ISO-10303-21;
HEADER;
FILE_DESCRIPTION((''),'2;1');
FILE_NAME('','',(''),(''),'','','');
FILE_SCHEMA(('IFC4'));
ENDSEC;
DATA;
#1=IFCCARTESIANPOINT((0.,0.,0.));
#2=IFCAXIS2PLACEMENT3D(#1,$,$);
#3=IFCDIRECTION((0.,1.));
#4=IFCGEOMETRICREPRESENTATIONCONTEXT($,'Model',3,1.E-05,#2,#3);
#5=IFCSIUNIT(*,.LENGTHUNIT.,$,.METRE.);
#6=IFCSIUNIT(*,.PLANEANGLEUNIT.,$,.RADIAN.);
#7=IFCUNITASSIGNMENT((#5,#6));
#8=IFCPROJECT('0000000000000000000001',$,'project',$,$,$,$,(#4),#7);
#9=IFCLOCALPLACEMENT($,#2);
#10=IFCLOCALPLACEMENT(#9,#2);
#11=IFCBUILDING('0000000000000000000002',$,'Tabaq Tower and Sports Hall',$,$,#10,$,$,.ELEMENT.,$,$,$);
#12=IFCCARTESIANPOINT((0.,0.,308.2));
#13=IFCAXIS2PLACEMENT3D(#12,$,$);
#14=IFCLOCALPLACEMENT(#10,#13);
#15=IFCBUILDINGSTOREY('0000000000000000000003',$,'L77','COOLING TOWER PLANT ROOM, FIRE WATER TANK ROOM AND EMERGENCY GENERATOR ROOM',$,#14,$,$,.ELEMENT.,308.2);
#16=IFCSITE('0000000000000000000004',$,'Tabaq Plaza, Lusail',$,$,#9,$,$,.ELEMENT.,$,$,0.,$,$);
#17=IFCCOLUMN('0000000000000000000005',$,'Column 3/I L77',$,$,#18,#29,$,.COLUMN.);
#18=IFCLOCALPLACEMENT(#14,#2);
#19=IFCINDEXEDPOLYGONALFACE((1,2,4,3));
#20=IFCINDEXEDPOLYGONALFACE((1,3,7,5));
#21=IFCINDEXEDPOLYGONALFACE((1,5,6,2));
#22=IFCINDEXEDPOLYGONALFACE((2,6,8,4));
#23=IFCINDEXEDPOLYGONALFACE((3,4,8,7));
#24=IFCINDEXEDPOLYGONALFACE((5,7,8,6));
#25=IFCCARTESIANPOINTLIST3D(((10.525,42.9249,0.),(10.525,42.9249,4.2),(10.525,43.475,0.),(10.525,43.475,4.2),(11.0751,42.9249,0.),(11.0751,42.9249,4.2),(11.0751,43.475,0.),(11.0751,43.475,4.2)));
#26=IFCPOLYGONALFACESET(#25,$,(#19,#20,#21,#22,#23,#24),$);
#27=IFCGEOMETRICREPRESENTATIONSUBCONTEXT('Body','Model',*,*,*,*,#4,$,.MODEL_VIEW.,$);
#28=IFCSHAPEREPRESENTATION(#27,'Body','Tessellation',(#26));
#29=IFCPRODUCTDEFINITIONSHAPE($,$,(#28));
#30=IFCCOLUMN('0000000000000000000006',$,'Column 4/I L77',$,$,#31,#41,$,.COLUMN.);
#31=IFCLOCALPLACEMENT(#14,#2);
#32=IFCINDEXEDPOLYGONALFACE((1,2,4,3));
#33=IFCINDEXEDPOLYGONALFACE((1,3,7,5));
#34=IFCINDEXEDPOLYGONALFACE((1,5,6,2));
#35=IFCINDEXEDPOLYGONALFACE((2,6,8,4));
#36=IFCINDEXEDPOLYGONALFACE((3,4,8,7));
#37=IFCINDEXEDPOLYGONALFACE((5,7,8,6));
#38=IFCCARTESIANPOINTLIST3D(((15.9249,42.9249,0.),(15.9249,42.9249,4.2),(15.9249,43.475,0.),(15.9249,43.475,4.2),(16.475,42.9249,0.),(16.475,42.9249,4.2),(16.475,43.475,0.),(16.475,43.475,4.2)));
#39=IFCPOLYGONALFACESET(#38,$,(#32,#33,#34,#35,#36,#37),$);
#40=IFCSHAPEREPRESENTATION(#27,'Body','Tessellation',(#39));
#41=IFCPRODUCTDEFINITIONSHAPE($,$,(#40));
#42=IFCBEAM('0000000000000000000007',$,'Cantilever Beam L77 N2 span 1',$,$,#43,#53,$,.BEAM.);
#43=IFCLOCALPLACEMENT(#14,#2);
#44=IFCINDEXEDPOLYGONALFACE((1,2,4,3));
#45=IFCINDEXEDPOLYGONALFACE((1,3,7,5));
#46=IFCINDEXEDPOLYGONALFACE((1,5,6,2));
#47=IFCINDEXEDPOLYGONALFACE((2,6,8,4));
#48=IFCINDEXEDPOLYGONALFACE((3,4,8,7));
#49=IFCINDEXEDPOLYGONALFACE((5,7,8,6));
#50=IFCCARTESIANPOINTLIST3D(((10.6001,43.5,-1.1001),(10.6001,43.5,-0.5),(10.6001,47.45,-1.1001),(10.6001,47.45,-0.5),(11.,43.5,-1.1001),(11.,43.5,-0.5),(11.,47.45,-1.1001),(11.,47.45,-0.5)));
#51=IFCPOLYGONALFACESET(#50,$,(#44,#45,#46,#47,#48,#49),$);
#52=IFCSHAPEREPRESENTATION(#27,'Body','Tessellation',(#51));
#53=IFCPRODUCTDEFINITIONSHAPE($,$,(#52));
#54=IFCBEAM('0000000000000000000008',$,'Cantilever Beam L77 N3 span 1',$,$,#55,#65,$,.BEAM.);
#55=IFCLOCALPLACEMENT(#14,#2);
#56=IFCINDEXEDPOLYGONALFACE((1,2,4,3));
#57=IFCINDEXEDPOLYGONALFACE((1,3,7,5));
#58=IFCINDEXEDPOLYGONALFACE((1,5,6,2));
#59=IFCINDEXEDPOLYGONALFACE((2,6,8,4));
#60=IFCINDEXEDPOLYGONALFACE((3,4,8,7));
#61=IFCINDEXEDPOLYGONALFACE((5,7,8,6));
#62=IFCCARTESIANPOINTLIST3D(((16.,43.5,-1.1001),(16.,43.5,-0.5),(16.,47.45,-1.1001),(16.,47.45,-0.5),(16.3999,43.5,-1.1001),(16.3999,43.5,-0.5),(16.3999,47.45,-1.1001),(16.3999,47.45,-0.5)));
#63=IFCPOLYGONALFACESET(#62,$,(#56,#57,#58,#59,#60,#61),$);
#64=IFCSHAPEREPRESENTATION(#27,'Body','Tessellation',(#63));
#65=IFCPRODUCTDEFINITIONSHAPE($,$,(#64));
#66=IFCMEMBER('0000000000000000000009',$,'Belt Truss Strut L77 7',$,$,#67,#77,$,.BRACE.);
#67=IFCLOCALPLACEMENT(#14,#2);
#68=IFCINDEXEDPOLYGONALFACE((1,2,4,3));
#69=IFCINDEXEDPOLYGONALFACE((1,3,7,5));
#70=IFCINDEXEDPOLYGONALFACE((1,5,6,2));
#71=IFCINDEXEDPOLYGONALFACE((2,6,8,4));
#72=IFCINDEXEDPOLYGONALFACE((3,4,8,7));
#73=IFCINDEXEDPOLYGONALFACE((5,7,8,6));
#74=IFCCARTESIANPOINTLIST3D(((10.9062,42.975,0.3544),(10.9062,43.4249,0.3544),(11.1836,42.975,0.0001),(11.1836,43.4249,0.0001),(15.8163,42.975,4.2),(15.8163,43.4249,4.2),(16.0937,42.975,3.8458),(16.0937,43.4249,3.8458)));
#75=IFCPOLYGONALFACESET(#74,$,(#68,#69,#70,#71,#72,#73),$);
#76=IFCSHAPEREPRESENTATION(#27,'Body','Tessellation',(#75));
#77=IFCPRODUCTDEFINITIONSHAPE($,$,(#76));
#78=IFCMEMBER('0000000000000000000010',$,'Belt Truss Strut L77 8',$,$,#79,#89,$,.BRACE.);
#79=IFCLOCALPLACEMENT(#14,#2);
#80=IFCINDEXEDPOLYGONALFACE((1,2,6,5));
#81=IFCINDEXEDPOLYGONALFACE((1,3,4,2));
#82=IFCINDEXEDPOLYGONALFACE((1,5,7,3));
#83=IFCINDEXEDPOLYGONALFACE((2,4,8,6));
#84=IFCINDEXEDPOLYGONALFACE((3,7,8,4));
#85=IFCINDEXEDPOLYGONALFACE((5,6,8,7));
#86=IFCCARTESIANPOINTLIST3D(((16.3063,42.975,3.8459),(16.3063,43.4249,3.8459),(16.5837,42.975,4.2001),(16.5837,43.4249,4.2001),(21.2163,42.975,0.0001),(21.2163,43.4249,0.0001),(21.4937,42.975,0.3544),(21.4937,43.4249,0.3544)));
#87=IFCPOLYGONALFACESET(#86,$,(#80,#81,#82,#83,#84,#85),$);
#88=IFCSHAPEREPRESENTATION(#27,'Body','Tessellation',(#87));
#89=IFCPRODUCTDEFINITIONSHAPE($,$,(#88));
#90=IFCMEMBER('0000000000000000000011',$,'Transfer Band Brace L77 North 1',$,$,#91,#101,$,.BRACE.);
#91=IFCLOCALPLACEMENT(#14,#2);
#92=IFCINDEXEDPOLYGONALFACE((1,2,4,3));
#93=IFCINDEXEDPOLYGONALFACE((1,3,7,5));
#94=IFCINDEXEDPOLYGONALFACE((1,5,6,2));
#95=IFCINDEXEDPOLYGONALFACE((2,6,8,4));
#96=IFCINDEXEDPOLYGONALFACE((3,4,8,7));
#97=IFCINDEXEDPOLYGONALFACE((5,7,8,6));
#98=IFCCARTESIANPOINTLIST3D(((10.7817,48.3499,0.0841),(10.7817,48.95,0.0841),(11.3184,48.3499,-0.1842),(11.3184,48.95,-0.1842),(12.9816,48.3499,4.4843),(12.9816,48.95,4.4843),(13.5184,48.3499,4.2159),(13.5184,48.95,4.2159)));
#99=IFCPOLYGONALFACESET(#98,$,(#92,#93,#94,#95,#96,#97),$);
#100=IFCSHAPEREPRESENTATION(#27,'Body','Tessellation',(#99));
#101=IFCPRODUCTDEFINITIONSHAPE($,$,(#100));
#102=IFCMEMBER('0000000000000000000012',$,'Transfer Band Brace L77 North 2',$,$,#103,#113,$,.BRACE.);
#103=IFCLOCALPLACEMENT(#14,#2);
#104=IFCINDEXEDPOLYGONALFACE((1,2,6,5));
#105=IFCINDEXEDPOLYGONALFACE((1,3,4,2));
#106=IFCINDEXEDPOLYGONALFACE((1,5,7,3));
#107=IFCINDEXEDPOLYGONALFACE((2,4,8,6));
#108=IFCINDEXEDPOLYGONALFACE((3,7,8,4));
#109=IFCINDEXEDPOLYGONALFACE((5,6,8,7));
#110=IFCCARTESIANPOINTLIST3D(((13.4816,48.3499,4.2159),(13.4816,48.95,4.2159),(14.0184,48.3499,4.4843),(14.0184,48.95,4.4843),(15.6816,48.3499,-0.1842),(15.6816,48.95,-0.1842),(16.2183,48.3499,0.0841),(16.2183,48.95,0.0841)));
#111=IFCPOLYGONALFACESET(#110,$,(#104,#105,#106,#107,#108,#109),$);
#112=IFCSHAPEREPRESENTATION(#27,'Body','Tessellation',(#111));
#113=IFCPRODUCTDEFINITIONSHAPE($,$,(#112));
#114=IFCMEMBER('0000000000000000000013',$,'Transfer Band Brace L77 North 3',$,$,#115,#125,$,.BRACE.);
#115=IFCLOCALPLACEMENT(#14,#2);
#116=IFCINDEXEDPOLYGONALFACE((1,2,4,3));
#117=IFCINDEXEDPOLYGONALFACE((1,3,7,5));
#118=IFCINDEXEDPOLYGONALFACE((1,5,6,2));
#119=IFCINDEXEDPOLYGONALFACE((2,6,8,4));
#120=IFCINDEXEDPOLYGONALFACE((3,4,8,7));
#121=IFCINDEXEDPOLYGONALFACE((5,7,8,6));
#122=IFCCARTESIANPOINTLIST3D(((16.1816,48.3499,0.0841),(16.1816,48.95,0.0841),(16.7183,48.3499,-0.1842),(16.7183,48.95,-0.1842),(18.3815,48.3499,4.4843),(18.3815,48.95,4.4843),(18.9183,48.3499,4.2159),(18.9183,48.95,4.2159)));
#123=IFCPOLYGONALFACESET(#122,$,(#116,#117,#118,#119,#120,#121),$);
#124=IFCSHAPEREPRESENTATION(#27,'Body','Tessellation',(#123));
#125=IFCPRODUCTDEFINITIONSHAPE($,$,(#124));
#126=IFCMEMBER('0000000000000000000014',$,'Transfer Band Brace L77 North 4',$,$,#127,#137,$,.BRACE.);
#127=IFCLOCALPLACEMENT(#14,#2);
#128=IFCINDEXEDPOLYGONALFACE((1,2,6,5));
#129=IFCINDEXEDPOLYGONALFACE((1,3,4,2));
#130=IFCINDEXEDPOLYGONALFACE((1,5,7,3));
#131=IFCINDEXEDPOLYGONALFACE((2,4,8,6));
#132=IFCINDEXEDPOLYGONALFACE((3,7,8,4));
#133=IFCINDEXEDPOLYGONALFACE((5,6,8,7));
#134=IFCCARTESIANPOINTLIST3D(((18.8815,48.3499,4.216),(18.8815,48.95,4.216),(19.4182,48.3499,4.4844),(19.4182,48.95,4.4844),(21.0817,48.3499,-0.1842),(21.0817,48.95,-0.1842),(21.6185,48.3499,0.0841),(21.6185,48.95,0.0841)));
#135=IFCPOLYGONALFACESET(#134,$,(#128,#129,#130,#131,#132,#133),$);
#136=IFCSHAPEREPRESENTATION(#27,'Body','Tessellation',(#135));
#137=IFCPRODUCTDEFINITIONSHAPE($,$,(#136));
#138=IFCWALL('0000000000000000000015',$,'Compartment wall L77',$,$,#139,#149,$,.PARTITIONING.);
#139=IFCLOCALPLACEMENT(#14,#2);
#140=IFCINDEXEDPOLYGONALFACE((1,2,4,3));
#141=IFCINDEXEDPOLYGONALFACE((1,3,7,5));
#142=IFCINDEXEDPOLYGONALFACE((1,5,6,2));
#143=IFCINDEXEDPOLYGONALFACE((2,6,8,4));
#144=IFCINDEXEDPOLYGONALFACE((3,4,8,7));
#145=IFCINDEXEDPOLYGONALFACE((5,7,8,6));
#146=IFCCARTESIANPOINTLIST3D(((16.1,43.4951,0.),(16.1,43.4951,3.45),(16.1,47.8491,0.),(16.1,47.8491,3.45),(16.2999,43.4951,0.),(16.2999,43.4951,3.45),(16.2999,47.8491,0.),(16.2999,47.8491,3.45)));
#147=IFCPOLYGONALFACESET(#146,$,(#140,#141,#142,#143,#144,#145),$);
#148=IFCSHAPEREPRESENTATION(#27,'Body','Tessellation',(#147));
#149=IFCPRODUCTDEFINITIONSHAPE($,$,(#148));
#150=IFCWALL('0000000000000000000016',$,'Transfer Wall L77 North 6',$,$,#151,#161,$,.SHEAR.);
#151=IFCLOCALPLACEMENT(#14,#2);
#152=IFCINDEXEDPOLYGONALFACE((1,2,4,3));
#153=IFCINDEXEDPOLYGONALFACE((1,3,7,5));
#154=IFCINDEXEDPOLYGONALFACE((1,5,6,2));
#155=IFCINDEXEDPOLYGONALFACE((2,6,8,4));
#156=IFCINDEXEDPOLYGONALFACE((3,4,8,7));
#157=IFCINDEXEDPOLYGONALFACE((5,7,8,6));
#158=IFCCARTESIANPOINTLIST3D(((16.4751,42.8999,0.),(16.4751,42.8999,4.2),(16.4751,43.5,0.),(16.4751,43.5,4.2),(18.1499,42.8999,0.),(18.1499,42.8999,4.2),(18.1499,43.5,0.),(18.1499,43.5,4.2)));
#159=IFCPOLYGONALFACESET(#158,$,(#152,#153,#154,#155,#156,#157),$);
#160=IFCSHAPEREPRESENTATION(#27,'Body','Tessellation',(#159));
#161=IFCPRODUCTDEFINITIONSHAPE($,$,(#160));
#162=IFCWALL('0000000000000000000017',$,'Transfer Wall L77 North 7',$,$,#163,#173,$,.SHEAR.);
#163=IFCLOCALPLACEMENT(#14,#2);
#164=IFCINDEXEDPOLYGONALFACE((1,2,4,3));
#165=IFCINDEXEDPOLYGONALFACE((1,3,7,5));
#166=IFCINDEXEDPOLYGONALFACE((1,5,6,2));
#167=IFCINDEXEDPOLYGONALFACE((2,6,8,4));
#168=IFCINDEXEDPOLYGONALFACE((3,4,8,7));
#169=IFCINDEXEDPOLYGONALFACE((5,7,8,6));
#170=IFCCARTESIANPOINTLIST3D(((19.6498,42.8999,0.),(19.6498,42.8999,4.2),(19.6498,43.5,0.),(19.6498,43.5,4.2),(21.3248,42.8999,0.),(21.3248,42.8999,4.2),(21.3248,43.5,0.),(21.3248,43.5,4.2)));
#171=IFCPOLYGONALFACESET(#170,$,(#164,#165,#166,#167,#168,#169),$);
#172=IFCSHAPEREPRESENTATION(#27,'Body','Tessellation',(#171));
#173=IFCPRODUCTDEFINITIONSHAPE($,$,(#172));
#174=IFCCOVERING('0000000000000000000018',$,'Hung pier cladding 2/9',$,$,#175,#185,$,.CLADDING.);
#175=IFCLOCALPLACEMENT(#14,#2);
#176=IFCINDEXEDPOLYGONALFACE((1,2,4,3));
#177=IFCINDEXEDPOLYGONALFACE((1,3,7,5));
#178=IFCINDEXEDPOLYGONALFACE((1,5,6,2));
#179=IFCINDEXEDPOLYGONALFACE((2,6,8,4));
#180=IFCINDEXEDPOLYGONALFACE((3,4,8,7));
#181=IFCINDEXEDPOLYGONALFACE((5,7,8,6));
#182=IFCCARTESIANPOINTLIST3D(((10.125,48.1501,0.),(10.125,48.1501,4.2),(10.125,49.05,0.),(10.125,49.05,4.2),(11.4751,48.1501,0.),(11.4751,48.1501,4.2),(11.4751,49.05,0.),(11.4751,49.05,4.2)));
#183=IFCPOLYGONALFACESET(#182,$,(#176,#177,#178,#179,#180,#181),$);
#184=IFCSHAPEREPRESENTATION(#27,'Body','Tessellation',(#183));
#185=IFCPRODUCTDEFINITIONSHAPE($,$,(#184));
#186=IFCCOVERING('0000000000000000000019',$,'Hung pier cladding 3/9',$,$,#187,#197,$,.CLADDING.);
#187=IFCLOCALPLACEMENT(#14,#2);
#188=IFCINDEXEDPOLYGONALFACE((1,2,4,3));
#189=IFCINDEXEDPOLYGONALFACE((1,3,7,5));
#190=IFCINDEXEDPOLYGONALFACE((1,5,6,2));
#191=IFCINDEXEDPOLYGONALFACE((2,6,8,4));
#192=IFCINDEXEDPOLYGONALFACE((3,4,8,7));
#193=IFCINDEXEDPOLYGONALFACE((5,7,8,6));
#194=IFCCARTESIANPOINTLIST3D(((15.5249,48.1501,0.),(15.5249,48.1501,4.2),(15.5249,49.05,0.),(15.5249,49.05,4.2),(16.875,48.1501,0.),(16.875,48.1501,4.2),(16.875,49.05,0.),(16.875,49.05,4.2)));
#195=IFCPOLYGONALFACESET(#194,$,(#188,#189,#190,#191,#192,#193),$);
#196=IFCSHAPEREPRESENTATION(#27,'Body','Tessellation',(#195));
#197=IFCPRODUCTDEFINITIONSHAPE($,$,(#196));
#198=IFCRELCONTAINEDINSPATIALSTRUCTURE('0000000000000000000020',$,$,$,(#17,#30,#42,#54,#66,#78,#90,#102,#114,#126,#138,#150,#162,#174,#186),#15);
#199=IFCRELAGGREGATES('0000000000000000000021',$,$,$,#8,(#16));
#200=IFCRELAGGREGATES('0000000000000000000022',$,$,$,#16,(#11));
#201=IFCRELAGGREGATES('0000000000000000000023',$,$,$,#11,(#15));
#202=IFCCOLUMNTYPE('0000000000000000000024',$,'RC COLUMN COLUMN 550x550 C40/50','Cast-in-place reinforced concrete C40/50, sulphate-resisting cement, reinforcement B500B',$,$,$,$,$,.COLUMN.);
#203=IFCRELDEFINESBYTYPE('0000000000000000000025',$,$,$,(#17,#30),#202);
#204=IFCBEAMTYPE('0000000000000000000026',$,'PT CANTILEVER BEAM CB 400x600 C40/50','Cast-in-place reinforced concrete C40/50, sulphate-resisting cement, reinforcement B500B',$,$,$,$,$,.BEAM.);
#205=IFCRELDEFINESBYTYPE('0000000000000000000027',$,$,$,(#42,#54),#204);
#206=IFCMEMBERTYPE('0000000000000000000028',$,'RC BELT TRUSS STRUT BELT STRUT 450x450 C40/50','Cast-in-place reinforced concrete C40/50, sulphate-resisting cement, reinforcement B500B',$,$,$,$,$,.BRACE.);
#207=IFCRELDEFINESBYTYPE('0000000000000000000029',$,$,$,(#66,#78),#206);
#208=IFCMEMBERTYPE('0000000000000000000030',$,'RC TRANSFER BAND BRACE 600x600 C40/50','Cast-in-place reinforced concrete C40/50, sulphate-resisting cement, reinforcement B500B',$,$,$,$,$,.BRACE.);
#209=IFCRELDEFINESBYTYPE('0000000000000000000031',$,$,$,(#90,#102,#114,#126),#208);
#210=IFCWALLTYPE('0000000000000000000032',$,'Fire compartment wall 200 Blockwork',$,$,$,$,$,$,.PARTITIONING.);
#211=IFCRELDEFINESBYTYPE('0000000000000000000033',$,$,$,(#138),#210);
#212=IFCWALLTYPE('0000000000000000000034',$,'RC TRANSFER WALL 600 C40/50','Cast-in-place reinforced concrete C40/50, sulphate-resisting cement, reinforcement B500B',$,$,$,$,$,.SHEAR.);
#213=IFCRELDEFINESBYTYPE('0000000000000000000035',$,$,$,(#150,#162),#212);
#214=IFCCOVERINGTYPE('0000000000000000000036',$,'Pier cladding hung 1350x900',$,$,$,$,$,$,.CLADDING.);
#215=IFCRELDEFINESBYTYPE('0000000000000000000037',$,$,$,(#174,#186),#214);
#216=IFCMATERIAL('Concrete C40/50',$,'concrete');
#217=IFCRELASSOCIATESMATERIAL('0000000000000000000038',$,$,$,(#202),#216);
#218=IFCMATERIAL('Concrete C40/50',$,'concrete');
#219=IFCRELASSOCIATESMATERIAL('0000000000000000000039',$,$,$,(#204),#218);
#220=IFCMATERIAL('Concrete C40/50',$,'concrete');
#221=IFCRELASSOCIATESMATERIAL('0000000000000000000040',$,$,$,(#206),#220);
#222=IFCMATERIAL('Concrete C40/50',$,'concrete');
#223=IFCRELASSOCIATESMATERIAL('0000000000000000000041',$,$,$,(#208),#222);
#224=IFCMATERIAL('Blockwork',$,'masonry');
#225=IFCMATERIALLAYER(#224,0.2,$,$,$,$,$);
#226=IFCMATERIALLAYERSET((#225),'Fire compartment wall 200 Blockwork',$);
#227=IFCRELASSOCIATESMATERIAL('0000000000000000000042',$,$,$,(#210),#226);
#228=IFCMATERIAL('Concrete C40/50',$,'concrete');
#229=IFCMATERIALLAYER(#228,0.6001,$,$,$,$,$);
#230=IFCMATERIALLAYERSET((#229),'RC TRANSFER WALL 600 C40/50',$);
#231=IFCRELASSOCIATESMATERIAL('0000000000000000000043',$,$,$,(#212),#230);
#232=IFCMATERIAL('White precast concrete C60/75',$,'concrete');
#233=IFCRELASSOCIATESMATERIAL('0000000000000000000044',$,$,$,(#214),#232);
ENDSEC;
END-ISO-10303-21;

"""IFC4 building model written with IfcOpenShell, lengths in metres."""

from ifc_helpers import new_model, si_unit, direction, frame, frame_2d, origin, origin_2d, place, context, subcontext, project, spatial, rectangle, extrude, material, layer, layer_set, material_profile, profile_set, type_object, element, save


model = new_model("IFC4")

# Units and contexts
model_context = context("Model", 3, precision=1e-05, world=origin(), true_north=direction((0.0, 1.0)))
body_context = subcontext(model_context, "Body", "Model", "MODEL_VIEW")
ifc_project = project(units=[si_unit("LENGTHUNIT", "METRE"), si_unit("PLANEANGLEUNIT", "RADIAN")], contexts=[model_context])

# Site, building, storey
site_placement = place(None, origin())
site = spatial("IfcSite", under=ifc_project, at=site_placement, Name="Tabaq Plaza, Lusail", CompositionType="ELEMENT", RefElevation=0.0)
building_placement = place(site_placement, origin())
building = spatial("IfcBuilding", under=site, at=building_placement, Name="Tabaq Tower and Sports Hall", CompositionType="ELEMENT")
storey_placement = place(building_placement, frame((0.0, 0.0, 308.2)))
storey = spatial("IfcBuildingStorey", under=building, at=storey_placement, Name="L77", Description="COOLING TOWER PLANT ROOM, FIRE WATER TANK ROOM AND EMERGENCY GENERATOR ROOM", CompositionType="ELEMENT", Elevation=308.2)

# Columns
ifc_material_1 = material(Name="Concrete C40/50", Category="concrete")
ifc_material_profile_1 = material_profile(ifc_material_1, rectangle(XDim=0.55, YDim=0.55, at=origin_2d()), Name="COLUMN 550x550")
ifc_profile_set_1 = profile_set([ifc_material_profile_1], Name="Concrete C40/50")
column_type = type_object("IfcColumnType", Name="RC COLUMN COLUMN 550x550 C40/50", Description="Cast-in-place reinforced concrete C40/50, sulphate-resisting cement, reinforcement B500B", PredefinedType="COLUMN", material=ifc_profile_set_1)
for number, where, z_axis, x_axis, name in (
    (1, (10.8, 43.2, 0.0), (0.0, 0.0, 1.0), (1.0, 0.0, 0.0), "Column 3/I L77"),
    (2, (16.2, 43.2, 0.0), (0.0, 0.0, 1.0), (1.0, 0.0, 0.0), "Column 4/I L77"),
):
    element("IfcColumn", number, at=place(storey_placement, frame(where, z_axis=z_axis, x_axis=x_axis)), inside=storey, type_object=column_type, Name=name, PredefinedType="COLUMN", context=body_context, shape_type="SweptSolid", body=[
        extrude(rectangle(XDim=0.55, YDim=0.55, at=origin_2d()), origin(), (0.0, 0.0, 1.0), 4.2),
    ])

# Beams
ifc_material_2 = material(Name="Concrete C40/50", Category="concrete")
ifc_material_profile_2 = material_profile(ifc_material_2, rectangle(XDim=0.3999, YDim=0.6001, at=origin_2d()), Name="CB 400x600")
ifc_profile_set_2 = profile_set([ifc_material_profile_2], Name="Concrete C40/50")
beam_type = type_object("IfcBeamType", Name="PT CANTILEVER BEAM CB 400x600 C40/50", Description="Cast-in-place reinforced concrete C40/50, sulphate-resisting cement, reinforcement B500B", PredefinedType="BEAM", material=ifc_profile_set_2)
for number, where, z_axis, x_axis, name in (
    (3, (10.8, 47.45, -0.8), (0.0, -1.0, 0.0), (1.0, 0.0, 0.0), "Cantilever Beam L77 N2 span 1"),
    (4, (16.2, 47.45, -0.8), (0.0, -1.0, 0.0), (1.0, 0.0, 0.0), "Cantilever Beam L77 N3 span 1"),
):
    element("IfcBeam", number, at=place(storey_placement, frame(where, z_axis=z_axis, x_axis=x_axis)), inside=storey, type_object=beam_type, Name=name, PredefinedType="BEAM", context=body_context, shape_type="SweptSolid", body=[
        extrude(rectangle(XDim=0.3999, YDim=0.6001, at=origin_2d()), origin(), (0.0, 0.0, 1.0), 3.95),
    ])

# Members
ifc_material_3 = material(Name="Concrete C40/50", Category="concrete")
ifc_material_profile_3 = material_profile(ifc_material_3, rectangle(XDim=0.45, YDim=0.45, at=origin_2d()), Name="BELT STRUT 450x450")
ifc_profile_set_3 = profile_set([ifc_material_profile_3], Name="Concrete C40/50")
member_type_1 = type_object("IfcMemberType", Name="RC BELT TRUSS STRUT BELT STRUT 450x450 C40/50", Description="Cast-in-place reinforced concrete C40/50, sulphate-resisting cement, reinforcement B500B", PredefinedType="BRACE", material=ifc_profile_set_3)
for number, where, z_axis, x_axis, name in (
    (5, (11.0449, 43.2, 0.1772), (0.787274, 0.0, 0.616604), (0.0, 1.0, 0.0), "Belt Truss Strut L77 7"),
    (6, (21.355, 43.2, 0.1772), (-0.787259, 0.0, 0.616623), (0.0, -1.0, 0.0), "Belt Truss Strut L77 8"),
):
    element("IfcMember", number, at=place(storey_placement, frame(where, z_axis=z_axis, x_axis=x_axis)), inside=storey, type_object=member_type_1, Name=name, PredefinedType="BRACE", context=body_context, shape_type="SweptSolid", body=[
        extrude(rectangle(XDim=0.45, YDim=0.45, at=origin_2d()), origin(), (0.0, 0.0, 1.0), 6.2368),
    ])
ifc_material_4 = material(Name="Concrete C40/50", Category="concrete")
ifc_material_profile_4 = material_profile(ifc_material_4, rectangle(XDim=0.6001, YDim=0.6001, at=origin_2d()), Name="TRANSFER BAND BRACE 600x600")
ifc_profile_set_4 = profile_set([ifc_material_profile_4], Name="Concrete C40/50")
member_type_2 = type_object("IfcMemberType", Name="RC TRANSFER BAND BRACE 600x600 C40/50", Description="Cast-in-place reinforced concrete C40/50, sulphate-resisting cement, reinforcement B500B", PredefinedType="BRACE", material=ifc_profile_set_4)
for number, where, z_axis, x_axis, name in (
    (7, (11.05, 48.6499, -0.05), (0.447194, 0.0, 0.894437), (0.0, 1.0, 0.0), "Transfer Band Brace L77 North 1"),
    (8, (15.95, 48.6499, -0.05), (-0.447194, 0.0, 0.894437), (0.0, -1.0, 0.0), "Transfer Band Brace L77 North 2"),
    (9, (16.45, 48.6499, -0.05), (0.447194, 0.0, 0.894437), (0.0, 1.0, 0.0), "Transfer Band Brace L77 North 3"),
):
    element("IfcMember", number, at=place(storey_placement, frame(where, z_axis=z_axis, x_axis=x_axis)), inside=storey, type_object=member_type_2, Name=name, PredefinedType="BRACE", context=body_context, shape_type="SweptSolid", body=[
        extrude(rectangle(XDim=0.6001, YDim=0.6001, at=origin_2d()), origin(), (0.0, 0.0, 1.0), 4.9194),
    ])
member_placement = place(storey_placement, frame((21.3501, 48.6499, -0.05), z_axis=(-0.447233, 0.0, 0.894417), x_axis=(0.0, -1.0, 0.0)))
element("IfcMember", 10, at=member_placement, inside=storey, type_object=member_type_2, Name="Transfer Band Brace L77 North 4", PredefinedType="BRACE", context=body_context, shape_type="SweptSolid", body=[
    extrude(rectangle(XDim=0.6001, YDim=0.6001, at=origin_2d()), origin(), (0.0, 0.0, 1.0), 4.9197),
])

# Walls
ifc_material_5 = material(Name="Blockwork", Category="masonry")
ifc_layer_1 = layer(ifc_material_5, 0.2)
ifc_layer_set_1 = layer_set([ifc_layer_1], Name="Fire compartment wall 200 Blockwork")
wall_type_1 = type_object("IfcWallType", Name="Fire compartment wall 200 Blockwork", PredefinedType="PARTITIONING", material=ifc_layer_set_1)
wall_1_placement = place(storey_placement, frame((16.2, 47.8491, 0.0), z_axis=(0.0, 0.0, 1.0), x_axis=(0.0, -1.0, 0.0)))
element("IfcWall", 11, at=wall_1_placement, inside=storey, type_object=wall_type_1, Name="Compartment wall L77", PredefinedType="PARTITIONING", context=body_context, shape_type="SweptSolid", body=[
    extrude(rectangle(XDim=4.354, YDim=0.2, at=frame_2d((2.177, 0.0))), origin(), (0.0, 0.0, 1.0), 3.45),
])
ifc_material_6 = material(Name="Concrete C40/50", Category="concrete")
ifc_layer_2 = layer(ifc_material_6, 0.6001)
ifc_layer_set_2 = layer_set([ifc_layer_2], Name="RC TRANSFER WALL 600 C40/50")
wall_type_2 = type_object("IfcWallType", Name="RC TRANSFER WALL 600 C40/50", Description="Cast-in-place reinforced concrete C40/50, sulphate-resisting cement, reinforcement B500B", PredefinedType="SHEAR", material=ifc_layer_set_2)
wall_2_placement = place(storey_placement, frame((16.4751, 43.2, 0.0), z_axis=(0.0, 0.0, 1.0), x_axis=(1.0, 0.0, 0.0)))
element("IfcWall", 12, at=wall_2_placement, inside=storey, type_object=wall_type_2, Name="Transfer Wall L77 North 6", PredefinedType="SHEAR", context=body_context, shape_type="SweptSolid", body=[
    extrude(rectangle(XDim=1.6748, YDim=0.6001, at=frame_2d((0.8374, 0.0))), origin(), (0.0, 0.0, 1.0), 4.2),
])
wall_3_placement = place(storey_placement, frame((19.6499, 43.2, 0.0), z_axis=(0.0, 0.0, 1.0), x_axis=(1.0, 0.0, 0.0)))
element("IfcWall", 13, at=wall_3_placement, inside=storey, type_object=wall_type_2, Name="Transfer Wall L77 North 7", PredefinedType="SHEAR", context=body_context, shape_type="SweptSolid", body=[
    extrude(rectangle(XDim=1.675, YDim=0.6001, at=frame_2d((0.8374, 0.0))), origin(), (0.0, 0.0, 1.0), 4.2),
])

# Coverings
ifc_material_7 = material(Name="White precast concrete C60/75", Category="concrete")
covering_type_1 = type_object("IfcCoveringType", Name="Pier cladding hung 1350x900", PredefinedType="CLADDING", material=ifc_material_7)
for number, where, z_axis, x_axis, name in (
    (14, (11.4751, 48.6001, 0.0), (0.0, 0.0, 1.0), (-1.0, 0.0, 0.0), "Hung pier cladding 2/9"),
    (15, (16.875, 48.6001, 0.0), (0.0, 0.0, 1.0), (-1.0, 0.0, 0.0), "Hung pier cladding 3/9"),
):
    element("IfcCovering", number, at=place(storey_placement, frame(where, z_axis=z_axis, x_axis=x_axis)), inside=storey, type_object=covering_type_1, Name=name, PredefinedType="CLADDING", context=body_context, shape_type="SweptSolid", body=[
        extrude(rectangle(XDim=1.3501, YDim=0.8999, at=frame_2d((0.675, 0.0))), origin(), (0.0, 0.0, 1.0), 4.2),
    ])

save(model, "model.ifc")
